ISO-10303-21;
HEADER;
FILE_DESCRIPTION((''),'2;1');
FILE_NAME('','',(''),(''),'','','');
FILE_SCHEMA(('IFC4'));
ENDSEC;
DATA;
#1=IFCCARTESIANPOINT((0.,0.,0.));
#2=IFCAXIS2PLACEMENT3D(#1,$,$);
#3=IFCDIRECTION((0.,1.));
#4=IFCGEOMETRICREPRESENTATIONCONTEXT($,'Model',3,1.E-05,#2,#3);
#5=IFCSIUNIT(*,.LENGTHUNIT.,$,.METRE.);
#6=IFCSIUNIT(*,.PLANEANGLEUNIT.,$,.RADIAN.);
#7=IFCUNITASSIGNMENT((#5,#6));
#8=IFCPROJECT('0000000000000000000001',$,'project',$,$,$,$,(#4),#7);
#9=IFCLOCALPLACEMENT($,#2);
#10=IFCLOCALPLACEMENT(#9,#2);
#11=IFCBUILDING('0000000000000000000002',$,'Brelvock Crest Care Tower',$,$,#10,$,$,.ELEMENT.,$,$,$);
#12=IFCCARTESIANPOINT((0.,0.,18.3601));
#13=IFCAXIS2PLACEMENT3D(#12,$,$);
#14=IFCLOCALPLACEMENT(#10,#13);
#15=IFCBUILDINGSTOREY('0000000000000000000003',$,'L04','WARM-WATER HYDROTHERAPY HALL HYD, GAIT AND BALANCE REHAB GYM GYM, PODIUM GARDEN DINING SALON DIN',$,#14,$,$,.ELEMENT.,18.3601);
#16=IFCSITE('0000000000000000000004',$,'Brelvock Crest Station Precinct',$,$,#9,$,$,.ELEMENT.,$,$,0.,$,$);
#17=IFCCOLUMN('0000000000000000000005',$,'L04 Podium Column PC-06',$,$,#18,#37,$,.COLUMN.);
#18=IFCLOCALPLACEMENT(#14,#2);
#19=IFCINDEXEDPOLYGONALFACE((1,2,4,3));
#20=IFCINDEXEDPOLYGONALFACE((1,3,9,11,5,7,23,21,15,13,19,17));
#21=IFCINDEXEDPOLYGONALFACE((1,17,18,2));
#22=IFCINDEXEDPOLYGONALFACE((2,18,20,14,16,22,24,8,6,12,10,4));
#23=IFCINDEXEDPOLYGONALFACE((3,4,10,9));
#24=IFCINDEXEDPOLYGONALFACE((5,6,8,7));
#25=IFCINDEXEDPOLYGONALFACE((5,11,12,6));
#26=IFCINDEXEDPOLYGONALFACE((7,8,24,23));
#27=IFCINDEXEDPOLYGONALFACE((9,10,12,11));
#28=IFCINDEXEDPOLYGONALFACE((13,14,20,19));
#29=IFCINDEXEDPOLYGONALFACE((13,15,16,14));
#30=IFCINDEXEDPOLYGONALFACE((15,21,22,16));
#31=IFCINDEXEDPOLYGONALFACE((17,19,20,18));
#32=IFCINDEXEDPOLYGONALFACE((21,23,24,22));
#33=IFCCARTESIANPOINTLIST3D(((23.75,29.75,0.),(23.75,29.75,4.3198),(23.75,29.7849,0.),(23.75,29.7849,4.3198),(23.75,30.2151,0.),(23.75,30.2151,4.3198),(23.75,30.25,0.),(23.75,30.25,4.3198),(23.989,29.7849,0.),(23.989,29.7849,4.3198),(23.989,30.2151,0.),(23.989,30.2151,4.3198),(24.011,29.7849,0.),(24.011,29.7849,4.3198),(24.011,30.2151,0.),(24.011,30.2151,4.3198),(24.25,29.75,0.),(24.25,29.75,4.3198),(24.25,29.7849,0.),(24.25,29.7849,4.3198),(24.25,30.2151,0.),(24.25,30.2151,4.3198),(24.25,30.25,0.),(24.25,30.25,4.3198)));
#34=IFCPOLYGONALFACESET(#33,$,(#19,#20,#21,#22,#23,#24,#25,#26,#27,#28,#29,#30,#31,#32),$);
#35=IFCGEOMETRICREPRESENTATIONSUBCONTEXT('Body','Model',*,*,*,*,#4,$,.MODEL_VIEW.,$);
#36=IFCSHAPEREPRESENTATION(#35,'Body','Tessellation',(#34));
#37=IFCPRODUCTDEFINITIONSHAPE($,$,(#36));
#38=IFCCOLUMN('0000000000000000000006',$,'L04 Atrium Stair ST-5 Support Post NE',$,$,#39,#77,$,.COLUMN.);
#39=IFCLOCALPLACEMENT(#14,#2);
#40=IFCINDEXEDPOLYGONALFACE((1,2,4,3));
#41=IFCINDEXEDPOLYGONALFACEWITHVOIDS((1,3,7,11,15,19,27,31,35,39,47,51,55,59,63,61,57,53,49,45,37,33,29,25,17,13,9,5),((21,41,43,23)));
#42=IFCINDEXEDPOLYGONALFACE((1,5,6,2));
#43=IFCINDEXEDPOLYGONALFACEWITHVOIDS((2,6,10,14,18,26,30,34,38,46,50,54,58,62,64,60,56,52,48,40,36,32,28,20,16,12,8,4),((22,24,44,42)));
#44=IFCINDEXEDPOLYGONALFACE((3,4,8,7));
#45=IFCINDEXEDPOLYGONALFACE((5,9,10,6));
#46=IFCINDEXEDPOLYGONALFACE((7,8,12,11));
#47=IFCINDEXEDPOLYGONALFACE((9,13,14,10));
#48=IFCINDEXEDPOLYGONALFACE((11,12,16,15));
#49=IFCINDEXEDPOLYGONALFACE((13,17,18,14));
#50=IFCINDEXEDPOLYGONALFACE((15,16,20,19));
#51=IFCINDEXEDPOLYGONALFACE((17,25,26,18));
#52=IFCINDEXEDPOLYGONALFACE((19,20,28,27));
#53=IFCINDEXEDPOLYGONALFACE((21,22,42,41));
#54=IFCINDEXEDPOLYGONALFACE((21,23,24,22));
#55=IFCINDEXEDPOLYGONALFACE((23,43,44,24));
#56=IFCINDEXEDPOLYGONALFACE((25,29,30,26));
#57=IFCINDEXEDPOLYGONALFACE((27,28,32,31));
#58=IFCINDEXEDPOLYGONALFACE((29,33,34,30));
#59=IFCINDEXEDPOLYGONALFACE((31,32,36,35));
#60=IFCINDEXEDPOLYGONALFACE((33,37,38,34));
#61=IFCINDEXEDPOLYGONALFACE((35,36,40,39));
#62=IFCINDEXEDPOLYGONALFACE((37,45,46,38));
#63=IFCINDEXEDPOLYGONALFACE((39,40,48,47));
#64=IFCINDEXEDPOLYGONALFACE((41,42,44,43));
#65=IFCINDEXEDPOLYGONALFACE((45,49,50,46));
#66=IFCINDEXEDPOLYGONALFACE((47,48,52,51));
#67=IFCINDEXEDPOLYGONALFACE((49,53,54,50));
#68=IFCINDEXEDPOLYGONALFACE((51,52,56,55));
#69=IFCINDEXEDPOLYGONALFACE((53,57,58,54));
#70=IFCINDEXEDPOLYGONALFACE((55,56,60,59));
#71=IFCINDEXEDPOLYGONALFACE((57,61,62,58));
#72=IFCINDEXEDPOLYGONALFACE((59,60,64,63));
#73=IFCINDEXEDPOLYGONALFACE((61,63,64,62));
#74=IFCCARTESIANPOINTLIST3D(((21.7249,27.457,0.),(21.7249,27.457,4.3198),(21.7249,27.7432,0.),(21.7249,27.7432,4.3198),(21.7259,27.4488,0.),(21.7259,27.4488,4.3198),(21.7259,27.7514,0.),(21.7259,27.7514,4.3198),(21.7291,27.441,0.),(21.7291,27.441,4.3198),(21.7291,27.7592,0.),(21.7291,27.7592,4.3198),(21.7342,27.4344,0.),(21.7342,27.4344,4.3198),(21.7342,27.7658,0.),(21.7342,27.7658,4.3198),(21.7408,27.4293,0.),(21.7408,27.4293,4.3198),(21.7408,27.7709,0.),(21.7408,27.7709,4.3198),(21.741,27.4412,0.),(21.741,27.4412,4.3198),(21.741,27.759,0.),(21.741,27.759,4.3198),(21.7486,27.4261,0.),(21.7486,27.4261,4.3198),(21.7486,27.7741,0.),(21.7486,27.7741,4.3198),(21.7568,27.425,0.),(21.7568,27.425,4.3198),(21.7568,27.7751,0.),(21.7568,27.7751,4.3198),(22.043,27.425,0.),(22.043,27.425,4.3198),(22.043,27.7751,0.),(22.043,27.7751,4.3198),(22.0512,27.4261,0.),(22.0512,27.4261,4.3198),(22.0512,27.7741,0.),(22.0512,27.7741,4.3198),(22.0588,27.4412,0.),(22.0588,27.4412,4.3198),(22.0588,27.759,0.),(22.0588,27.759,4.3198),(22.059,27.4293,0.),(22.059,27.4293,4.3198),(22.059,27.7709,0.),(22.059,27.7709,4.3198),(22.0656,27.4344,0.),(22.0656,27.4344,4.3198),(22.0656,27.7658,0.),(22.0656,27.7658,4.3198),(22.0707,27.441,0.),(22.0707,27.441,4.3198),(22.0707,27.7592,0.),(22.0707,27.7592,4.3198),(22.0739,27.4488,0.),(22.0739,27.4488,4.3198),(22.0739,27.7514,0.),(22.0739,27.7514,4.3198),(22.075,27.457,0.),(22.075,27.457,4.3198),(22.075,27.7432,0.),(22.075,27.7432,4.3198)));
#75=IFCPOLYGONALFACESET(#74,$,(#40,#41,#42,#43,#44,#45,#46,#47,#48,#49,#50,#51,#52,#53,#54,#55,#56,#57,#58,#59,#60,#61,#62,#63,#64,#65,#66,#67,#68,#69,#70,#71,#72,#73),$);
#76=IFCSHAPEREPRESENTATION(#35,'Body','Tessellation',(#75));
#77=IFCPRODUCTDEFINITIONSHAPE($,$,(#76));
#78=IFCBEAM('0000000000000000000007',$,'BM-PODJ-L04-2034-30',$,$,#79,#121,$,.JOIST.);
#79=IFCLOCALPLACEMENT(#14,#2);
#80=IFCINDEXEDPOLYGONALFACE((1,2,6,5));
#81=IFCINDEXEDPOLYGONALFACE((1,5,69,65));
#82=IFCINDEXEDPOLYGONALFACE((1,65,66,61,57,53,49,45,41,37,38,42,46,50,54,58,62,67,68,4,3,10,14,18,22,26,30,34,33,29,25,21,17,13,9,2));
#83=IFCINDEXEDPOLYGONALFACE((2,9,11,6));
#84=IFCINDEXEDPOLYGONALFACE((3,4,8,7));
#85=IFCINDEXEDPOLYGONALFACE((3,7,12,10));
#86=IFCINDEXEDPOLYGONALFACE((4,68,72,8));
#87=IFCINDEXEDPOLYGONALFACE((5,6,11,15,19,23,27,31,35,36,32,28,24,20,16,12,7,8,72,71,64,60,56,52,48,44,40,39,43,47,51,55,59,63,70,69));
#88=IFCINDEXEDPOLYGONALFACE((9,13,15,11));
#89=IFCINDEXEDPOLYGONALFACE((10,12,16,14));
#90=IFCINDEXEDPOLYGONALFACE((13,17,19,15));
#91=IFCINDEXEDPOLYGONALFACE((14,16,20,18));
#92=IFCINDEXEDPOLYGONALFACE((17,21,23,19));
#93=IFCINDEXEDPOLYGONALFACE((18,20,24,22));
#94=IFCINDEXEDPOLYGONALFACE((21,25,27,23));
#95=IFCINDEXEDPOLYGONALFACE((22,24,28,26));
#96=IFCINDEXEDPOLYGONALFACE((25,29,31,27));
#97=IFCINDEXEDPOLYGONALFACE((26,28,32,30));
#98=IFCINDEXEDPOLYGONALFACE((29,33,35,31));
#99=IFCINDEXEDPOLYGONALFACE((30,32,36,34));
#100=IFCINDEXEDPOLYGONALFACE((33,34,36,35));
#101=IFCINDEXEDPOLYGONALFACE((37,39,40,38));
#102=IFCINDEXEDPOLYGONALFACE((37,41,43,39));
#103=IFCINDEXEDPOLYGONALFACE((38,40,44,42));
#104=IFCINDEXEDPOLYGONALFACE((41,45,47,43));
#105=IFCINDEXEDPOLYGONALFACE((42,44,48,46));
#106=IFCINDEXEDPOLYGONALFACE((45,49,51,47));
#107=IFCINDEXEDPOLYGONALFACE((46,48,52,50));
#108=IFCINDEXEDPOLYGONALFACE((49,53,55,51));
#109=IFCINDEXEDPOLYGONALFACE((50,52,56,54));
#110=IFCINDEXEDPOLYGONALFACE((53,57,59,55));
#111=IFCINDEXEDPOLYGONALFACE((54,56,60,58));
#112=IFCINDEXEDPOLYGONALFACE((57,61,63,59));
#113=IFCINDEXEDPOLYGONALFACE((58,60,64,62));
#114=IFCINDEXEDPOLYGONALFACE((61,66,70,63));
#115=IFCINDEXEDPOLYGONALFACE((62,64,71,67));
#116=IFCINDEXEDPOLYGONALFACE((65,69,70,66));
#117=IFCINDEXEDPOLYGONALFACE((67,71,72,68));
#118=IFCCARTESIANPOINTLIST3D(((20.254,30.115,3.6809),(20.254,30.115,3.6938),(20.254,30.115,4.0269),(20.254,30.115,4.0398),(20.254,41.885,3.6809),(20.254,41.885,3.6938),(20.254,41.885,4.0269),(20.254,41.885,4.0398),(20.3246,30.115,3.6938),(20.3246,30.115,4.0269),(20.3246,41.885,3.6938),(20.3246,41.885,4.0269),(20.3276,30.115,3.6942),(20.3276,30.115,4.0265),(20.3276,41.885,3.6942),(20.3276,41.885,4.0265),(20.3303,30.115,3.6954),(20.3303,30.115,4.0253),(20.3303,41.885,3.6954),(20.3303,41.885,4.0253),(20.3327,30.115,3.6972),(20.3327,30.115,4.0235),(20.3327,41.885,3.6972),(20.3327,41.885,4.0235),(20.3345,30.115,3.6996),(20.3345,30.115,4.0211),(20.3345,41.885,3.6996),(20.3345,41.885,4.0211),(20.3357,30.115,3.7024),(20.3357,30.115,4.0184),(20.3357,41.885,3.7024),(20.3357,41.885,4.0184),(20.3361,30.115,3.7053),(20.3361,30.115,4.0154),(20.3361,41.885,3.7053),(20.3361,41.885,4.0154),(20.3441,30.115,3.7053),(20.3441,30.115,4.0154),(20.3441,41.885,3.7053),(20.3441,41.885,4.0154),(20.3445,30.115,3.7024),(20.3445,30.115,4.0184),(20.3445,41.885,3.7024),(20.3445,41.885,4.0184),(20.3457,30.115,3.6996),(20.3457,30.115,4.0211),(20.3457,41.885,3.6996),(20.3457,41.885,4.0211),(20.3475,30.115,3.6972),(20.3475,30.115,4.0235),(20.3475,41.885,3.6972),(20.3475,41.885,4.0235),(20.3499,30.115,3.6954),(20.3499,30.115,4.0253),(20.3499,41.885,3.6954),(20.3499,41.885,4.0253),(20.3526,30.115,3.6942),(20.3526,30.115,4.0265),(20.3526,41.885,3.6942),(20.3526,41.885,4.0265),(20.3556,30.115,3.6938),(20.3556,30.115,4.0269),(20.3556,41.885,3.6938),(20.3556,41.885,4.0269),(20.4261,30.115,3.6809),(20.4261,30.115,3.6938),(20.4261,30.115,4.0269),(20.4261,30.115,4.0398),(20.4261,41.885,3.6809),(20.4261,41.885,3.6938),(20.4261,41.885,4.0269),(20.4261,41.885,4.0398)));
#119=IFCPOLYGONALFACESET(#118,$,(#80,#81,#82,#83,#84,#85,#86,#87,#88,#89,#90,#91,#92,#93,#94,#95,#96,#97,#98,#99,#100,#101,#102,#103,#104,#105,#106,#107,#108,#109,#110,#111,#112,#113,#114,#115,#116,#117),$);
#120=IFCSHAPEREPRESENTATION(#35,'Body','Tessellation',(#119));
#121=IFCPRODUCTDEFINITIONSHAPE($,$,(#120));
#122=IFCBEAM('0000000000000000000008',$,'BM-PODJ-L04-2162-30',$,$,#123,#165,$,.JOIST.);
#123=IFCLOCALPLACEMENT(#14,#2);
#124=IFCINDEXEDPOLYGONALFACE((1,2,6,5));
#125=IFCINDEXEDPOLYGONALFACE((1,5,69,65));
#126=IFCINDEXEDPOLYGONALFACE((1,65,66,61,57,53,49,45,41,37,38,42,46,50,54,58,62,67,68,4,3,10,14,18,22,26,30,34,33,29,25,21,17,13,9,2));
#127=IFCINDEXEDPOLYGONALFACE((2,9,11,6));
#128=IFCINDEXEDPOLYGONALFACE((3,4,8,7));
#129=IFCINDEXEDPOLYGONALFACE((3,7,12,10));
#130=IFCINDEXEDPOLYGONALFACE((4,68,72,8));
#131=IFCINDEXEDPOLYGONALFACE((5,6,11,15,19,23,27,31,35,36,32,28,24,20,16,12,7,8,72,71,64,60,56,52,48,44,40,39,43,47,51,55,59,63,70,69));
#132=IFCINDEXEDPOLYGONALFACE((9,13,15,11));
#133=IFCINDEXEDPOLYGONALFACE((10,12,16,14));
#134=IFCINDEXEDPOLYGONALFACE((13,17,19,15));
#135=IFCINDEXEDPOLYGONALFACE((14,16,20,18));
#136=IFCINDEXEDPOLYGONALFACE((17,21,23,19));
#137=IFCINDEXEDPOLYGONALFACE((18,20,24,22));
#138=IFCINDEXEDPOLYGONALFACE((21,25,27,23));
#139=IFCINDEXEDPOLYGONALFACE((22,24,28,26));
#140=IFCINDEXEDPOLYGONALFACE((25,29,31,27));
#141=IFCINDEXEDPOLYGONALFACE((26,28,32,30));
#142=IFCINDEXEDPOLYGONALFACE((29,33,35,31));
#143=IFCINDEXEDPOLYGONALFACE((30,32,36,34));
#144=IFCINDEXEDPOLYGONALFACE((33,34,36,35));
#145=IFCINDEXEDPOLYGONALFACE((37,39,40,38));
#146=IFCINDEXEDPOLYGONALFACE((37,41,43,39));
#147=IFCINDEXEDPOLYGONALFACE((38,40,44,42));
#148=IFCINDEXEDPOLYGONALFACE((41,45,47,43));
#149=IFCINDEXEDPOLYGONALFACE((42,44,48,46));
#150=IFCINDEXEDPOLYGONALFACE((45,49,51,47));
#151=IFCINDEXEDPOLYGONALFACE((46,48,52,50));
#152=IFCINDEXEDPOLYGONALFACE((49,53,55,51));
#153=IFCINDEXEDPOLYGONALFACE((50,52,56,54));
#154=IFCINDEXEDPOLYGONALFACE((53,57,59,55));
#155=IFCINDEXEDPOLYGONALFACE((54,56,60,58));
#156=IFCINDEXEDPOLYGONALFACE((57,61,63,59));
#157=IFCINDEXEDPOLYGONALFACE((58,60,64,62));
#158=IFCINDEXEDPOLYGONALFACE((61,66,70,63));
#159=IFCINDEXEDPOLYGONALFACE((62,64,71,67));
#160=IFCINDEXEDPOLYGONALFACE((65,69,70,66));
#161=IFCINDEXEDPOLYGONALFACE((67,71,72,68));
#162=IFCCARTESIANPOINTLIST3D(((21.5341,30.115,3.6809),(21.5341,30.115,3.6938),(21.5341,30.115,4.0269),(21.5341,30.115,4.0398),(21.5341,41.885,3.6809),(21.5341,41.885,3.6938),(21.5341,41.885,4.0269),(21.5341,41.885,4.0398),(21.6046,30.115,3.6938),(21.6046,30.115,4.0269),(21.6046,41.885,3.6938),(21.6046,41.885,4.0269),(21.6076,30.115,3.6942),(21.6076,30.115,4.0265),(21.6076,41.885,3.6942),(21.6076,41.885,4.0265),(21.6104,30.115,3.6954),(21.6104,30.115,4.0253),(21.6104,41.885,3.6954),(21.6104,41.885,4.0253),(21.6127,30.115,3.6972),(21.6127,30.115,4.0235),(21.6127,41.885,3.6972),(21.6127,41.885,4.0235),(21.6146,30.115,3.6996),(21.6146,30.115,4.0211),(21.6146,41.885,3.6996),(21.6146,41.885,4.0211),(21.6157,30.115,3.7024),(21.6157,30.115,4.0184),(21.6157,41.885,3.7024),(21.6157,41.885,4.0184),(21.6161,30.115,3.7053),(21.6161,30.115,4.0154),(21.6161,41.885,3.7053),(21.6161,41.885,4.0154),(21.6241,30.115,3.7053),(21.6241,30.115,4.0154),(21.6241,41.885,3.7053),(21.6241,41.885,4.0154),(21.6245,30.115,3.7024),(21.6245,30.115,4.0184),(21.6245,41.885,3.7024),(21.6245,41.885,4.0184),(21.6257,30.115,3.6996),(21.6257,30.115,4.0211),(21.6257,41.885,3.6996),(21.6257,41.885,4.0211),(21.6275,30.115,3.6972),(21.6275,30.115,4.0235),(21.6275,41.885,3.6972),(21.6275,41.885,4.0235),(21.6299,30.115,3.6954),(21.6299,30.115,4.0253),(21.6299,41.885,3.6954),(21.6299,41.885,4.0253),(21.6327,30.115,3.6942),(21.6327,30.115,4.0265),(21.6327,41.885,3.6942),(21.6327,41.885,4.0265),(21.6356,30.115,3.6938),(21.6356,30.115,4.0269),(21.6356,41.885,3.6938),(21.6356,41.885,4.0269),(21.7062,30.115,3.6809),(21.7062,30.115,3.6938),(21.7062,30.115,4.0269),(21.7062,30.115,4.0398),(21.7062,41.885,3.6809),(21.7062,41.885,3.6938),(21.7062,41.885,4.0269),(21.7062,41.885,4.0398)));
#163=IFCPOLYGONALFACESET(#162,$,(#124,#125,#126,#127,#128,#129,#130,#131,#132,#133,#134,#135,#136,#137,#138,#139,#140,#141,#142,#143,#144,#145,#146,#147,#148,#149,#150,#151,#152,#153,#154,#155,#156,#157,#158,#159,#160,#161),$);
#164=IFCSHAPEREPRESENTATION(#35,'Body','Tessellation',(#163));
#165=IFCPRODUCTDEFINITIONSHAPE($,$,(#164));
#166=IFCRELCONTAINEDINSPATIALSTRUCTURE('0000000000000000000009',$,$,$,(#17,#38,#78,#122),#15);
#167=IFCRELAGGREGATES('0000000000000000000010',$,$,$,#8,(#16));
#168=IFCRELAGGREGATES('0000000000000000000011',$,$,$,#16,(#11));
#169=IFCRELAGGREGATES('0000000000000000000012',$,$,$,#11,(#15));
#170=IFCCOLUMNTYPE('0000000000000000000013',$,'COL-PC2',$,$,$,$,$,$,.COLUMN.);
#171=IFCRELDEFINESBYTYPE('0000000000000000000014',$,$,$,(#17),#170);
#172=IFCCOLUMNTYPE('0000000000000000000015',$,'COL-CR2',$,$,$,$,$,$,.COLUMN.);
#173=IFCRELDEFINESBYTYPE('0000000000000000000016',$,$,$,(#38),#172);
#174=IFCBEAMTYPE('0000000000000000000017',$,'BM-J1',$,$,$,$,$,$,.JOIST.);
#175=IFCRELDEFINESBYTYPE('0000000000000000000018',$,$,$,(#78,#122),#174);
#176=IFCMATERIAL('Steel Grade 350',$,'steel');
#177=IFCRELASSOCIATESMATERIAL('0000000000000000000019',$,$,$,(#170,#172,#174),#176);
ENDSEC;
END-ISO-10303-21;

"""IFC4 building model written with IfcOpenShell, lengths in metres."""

from ifc_helpers import new_model, si_unit, direction, frame, origin, origin_2d, place, context, subcontext, project, spatial, hollow_rectangle, i_section, extrude, source, transform, mapped, material, material_profile, profile_set, type_object, element, save


model = new_model("IFC4")

# Units and contexts
model_context = context("Model", 3, precision=1e-05, world=origin(), true_north=direction((0.0, 1.0)))
body_context = subcontext(model_context, "Body", "Model", "MODEL_VIEW")
ifc_project = project(units=[si_unit("LENGTHUNIT", "METRE"), si_unit("PLANEANGLEUNIT", "RADIAN")], contexts=[model_context])

# Site, building, storey
site_placement = place(None, origin())
site = spatial("IfcSite", under=ifc_project, at=site_placement, Name="Brelvock Crest Station Precinct", CompositionType="ELEMENT", RefElevation=0.0)
building_placement = place(site_placement, origin())
building = spatial("IfcBuilding", under=site, at=building_placement, Name="Brelvock Crest Care Tower", CompositionType="ELEMENT")
storey_placement = place(building_placement, frame((0.0, 0.0, 18.3601)))
storey = spatial("IfcBuildingStorey", under=building, at=storey_placement, Name="L04", Description="WARM-WATER HYDROTHERAPY HALL HYD, GAIT AND BALANCE REHAB GYM GYM, PODIUM GARDEN DINING SALON DIN", CompositionType="ELEMENT", Elevation=18.3601)

# Columns
ifc_material_1 = material(Name="Steel Grade 350", Category="steel")
ifc_material_profile_1 = material_profile(ifc_material_1, i_section(OverallWidth=0.5, OverallDepth=0.5, WebThickness=0.022, FlangeThickness=0.0349, at=origin_2d()), Name="500WC340")
ifc_profile_set_1 = profile_set([ifc_material_profile_1], Name="Steel Grade 350")
column_type_1 = type_object("IfcColumnType", Name="COL-PC2", PredefinedType="COLUMN", material=ifc_profile_set_1)
shared_shape_1 = source(origin(), body_context, "Body", "SweptSolid", [
    extrude(i_section(OverallWidth=0.5, OverallDepth=0.5, WebThickness=0.022, FlangeThickness=0.0349, at=origin_2d()), origin(), (0.0, 0.0, 1.0), 4.3198),
])
column_1_placement = place(storey_placement, frame((24.0, 30.0, 0.0), z_axis=(0.0, 0.0, 1.0), x_axis=(1.0, 0.0, 0.0)))
element("IfcColumn", 1, at=column_1_placement, inside=storey, type_object=column_type_1, Name="L04 Podium Column PC-06", PredefinedType="COLUMN", context=body_context, shape_type="MappedRepresentation", body=[
    mapped(shared_shape_1, transform((0.0, 0.0, 0.0), x_axis=(1.0, 0.0, 0.0), y_axis=(0.0, 1.0, 0.0), z_axis=(0.0, 0.0, 1.0), scale=1.0)),
])
ifc_material_profile_2 = material_profile(ifc_material_1, hollow_rectangle(XDim=0.3501, YDim=0.3501, WallThickness=0.0161, OuterFilletRadius=0.032, at=origin_2d()), Name="SHS350x350x16.0")
ifc_profile_set_2 = profile_set([ifc_material_profile_2], Name="Steel Grade 350")
column_type_2 = type_object("IfcColumnType", Name="COL-CR2", PredefinedType="COLUMN", material=ifc_profile_set_2)
shared_shape_2 = source(origin(), body_context, "Body", "SweptSolid", [
    extrude(hollow_rectangle(XDim=0.3501, YDim=0.3501, WallThickness=0.0161, OuterFilletRadius=0.032, at=origin_2d()), origin(), (0.0, 0.0, 1.0), 4.3198),
])
column_2_placement = place(storey_placement, frame((21.8999, 27.6001, 0.0), z_axis=(0.0, 0.0, 1.0), x_axis=(1.0, 0.0, 0.0)))
element("IfcColumn", 2, at=column_2_placement, inside=storey, type_object=column_type_2, Name="L04 Atrium Stair ST-5 Support Post NE", PredefinedType="COLUMN", context=body_context, shape_type="MappedRepresentation", body=[
    mapped(shared_shape_2, transform((0.0, 0.0, 0.0), x_axis=(1.0, 0.0, 0.0), y_axis=(0.0, 1.0, 0.0), z_axis=(0.0, 0.0, 1.0), scale=1.0)),
])

# Beams
ifc_material_profile_3 = material_profile(ifc_material_1, i_section(OverallWidth=0.1721, OverallDepth=0.3589, WebThickness=0.0081, FlangeThickness=0.0129, FilletRadius=0.0115, at=origin_2d()), Name="360UB56.7")
ifc_profile_set_3 = profile_set([ifc_material_profile_3], Name="Steel Grade 350")
beam_type_1 = type_object("IfcBeamType", Name="BM-J1", PredefinedType="JOIST", material=ifc_profile_set_3)
shared_shape_3 = source(origin(), body_context, "Body", "SweptSolid", [
    extrude(i_section(OverallWidth=0.1721, OverallDepth=0.3589, WebThickness=0.0081, FlangeThickness=0.0129, FilletRadius=0.0115, at=origin_2d()), origin(), (0.0, 0.0, 1.0), 11.77),
])
for number, where, z_axis, x_axis, name in (
    (3, (20.3401, 30.115, 3.8604), (0.0, 1.0, 0.0), (-1.0, 0.0, 0.0), "BM-PODJ-L04-2034-30"),
    (4, (21.6201, 30.115, 3.8604), (0.0, 1.0, 0.0), (-1.0, 0.0, 0.0), "BM-PODJ-L04-2162-30"),
):
    element("IfcBeam", number, at=place(storey_placement, frame(where, z_axis=z_axis, x_axis=x_axis)), inside=storey, type_object=beam_type_1, Name=name, PredefinedType="JOIST", context=body_context, shape_type="MappedRepresentation", body=[
        mapped(shared_shape_3, transform((0.0, 0.0, 0.0), x_axis=(1.0, 0.0, 0.0), y_axis=(0.0, 1.0, 0.0), z_axis=(0.0, 0.0, 1.0), scale=1.0)),
    ])

save(model, "model.ifc")
